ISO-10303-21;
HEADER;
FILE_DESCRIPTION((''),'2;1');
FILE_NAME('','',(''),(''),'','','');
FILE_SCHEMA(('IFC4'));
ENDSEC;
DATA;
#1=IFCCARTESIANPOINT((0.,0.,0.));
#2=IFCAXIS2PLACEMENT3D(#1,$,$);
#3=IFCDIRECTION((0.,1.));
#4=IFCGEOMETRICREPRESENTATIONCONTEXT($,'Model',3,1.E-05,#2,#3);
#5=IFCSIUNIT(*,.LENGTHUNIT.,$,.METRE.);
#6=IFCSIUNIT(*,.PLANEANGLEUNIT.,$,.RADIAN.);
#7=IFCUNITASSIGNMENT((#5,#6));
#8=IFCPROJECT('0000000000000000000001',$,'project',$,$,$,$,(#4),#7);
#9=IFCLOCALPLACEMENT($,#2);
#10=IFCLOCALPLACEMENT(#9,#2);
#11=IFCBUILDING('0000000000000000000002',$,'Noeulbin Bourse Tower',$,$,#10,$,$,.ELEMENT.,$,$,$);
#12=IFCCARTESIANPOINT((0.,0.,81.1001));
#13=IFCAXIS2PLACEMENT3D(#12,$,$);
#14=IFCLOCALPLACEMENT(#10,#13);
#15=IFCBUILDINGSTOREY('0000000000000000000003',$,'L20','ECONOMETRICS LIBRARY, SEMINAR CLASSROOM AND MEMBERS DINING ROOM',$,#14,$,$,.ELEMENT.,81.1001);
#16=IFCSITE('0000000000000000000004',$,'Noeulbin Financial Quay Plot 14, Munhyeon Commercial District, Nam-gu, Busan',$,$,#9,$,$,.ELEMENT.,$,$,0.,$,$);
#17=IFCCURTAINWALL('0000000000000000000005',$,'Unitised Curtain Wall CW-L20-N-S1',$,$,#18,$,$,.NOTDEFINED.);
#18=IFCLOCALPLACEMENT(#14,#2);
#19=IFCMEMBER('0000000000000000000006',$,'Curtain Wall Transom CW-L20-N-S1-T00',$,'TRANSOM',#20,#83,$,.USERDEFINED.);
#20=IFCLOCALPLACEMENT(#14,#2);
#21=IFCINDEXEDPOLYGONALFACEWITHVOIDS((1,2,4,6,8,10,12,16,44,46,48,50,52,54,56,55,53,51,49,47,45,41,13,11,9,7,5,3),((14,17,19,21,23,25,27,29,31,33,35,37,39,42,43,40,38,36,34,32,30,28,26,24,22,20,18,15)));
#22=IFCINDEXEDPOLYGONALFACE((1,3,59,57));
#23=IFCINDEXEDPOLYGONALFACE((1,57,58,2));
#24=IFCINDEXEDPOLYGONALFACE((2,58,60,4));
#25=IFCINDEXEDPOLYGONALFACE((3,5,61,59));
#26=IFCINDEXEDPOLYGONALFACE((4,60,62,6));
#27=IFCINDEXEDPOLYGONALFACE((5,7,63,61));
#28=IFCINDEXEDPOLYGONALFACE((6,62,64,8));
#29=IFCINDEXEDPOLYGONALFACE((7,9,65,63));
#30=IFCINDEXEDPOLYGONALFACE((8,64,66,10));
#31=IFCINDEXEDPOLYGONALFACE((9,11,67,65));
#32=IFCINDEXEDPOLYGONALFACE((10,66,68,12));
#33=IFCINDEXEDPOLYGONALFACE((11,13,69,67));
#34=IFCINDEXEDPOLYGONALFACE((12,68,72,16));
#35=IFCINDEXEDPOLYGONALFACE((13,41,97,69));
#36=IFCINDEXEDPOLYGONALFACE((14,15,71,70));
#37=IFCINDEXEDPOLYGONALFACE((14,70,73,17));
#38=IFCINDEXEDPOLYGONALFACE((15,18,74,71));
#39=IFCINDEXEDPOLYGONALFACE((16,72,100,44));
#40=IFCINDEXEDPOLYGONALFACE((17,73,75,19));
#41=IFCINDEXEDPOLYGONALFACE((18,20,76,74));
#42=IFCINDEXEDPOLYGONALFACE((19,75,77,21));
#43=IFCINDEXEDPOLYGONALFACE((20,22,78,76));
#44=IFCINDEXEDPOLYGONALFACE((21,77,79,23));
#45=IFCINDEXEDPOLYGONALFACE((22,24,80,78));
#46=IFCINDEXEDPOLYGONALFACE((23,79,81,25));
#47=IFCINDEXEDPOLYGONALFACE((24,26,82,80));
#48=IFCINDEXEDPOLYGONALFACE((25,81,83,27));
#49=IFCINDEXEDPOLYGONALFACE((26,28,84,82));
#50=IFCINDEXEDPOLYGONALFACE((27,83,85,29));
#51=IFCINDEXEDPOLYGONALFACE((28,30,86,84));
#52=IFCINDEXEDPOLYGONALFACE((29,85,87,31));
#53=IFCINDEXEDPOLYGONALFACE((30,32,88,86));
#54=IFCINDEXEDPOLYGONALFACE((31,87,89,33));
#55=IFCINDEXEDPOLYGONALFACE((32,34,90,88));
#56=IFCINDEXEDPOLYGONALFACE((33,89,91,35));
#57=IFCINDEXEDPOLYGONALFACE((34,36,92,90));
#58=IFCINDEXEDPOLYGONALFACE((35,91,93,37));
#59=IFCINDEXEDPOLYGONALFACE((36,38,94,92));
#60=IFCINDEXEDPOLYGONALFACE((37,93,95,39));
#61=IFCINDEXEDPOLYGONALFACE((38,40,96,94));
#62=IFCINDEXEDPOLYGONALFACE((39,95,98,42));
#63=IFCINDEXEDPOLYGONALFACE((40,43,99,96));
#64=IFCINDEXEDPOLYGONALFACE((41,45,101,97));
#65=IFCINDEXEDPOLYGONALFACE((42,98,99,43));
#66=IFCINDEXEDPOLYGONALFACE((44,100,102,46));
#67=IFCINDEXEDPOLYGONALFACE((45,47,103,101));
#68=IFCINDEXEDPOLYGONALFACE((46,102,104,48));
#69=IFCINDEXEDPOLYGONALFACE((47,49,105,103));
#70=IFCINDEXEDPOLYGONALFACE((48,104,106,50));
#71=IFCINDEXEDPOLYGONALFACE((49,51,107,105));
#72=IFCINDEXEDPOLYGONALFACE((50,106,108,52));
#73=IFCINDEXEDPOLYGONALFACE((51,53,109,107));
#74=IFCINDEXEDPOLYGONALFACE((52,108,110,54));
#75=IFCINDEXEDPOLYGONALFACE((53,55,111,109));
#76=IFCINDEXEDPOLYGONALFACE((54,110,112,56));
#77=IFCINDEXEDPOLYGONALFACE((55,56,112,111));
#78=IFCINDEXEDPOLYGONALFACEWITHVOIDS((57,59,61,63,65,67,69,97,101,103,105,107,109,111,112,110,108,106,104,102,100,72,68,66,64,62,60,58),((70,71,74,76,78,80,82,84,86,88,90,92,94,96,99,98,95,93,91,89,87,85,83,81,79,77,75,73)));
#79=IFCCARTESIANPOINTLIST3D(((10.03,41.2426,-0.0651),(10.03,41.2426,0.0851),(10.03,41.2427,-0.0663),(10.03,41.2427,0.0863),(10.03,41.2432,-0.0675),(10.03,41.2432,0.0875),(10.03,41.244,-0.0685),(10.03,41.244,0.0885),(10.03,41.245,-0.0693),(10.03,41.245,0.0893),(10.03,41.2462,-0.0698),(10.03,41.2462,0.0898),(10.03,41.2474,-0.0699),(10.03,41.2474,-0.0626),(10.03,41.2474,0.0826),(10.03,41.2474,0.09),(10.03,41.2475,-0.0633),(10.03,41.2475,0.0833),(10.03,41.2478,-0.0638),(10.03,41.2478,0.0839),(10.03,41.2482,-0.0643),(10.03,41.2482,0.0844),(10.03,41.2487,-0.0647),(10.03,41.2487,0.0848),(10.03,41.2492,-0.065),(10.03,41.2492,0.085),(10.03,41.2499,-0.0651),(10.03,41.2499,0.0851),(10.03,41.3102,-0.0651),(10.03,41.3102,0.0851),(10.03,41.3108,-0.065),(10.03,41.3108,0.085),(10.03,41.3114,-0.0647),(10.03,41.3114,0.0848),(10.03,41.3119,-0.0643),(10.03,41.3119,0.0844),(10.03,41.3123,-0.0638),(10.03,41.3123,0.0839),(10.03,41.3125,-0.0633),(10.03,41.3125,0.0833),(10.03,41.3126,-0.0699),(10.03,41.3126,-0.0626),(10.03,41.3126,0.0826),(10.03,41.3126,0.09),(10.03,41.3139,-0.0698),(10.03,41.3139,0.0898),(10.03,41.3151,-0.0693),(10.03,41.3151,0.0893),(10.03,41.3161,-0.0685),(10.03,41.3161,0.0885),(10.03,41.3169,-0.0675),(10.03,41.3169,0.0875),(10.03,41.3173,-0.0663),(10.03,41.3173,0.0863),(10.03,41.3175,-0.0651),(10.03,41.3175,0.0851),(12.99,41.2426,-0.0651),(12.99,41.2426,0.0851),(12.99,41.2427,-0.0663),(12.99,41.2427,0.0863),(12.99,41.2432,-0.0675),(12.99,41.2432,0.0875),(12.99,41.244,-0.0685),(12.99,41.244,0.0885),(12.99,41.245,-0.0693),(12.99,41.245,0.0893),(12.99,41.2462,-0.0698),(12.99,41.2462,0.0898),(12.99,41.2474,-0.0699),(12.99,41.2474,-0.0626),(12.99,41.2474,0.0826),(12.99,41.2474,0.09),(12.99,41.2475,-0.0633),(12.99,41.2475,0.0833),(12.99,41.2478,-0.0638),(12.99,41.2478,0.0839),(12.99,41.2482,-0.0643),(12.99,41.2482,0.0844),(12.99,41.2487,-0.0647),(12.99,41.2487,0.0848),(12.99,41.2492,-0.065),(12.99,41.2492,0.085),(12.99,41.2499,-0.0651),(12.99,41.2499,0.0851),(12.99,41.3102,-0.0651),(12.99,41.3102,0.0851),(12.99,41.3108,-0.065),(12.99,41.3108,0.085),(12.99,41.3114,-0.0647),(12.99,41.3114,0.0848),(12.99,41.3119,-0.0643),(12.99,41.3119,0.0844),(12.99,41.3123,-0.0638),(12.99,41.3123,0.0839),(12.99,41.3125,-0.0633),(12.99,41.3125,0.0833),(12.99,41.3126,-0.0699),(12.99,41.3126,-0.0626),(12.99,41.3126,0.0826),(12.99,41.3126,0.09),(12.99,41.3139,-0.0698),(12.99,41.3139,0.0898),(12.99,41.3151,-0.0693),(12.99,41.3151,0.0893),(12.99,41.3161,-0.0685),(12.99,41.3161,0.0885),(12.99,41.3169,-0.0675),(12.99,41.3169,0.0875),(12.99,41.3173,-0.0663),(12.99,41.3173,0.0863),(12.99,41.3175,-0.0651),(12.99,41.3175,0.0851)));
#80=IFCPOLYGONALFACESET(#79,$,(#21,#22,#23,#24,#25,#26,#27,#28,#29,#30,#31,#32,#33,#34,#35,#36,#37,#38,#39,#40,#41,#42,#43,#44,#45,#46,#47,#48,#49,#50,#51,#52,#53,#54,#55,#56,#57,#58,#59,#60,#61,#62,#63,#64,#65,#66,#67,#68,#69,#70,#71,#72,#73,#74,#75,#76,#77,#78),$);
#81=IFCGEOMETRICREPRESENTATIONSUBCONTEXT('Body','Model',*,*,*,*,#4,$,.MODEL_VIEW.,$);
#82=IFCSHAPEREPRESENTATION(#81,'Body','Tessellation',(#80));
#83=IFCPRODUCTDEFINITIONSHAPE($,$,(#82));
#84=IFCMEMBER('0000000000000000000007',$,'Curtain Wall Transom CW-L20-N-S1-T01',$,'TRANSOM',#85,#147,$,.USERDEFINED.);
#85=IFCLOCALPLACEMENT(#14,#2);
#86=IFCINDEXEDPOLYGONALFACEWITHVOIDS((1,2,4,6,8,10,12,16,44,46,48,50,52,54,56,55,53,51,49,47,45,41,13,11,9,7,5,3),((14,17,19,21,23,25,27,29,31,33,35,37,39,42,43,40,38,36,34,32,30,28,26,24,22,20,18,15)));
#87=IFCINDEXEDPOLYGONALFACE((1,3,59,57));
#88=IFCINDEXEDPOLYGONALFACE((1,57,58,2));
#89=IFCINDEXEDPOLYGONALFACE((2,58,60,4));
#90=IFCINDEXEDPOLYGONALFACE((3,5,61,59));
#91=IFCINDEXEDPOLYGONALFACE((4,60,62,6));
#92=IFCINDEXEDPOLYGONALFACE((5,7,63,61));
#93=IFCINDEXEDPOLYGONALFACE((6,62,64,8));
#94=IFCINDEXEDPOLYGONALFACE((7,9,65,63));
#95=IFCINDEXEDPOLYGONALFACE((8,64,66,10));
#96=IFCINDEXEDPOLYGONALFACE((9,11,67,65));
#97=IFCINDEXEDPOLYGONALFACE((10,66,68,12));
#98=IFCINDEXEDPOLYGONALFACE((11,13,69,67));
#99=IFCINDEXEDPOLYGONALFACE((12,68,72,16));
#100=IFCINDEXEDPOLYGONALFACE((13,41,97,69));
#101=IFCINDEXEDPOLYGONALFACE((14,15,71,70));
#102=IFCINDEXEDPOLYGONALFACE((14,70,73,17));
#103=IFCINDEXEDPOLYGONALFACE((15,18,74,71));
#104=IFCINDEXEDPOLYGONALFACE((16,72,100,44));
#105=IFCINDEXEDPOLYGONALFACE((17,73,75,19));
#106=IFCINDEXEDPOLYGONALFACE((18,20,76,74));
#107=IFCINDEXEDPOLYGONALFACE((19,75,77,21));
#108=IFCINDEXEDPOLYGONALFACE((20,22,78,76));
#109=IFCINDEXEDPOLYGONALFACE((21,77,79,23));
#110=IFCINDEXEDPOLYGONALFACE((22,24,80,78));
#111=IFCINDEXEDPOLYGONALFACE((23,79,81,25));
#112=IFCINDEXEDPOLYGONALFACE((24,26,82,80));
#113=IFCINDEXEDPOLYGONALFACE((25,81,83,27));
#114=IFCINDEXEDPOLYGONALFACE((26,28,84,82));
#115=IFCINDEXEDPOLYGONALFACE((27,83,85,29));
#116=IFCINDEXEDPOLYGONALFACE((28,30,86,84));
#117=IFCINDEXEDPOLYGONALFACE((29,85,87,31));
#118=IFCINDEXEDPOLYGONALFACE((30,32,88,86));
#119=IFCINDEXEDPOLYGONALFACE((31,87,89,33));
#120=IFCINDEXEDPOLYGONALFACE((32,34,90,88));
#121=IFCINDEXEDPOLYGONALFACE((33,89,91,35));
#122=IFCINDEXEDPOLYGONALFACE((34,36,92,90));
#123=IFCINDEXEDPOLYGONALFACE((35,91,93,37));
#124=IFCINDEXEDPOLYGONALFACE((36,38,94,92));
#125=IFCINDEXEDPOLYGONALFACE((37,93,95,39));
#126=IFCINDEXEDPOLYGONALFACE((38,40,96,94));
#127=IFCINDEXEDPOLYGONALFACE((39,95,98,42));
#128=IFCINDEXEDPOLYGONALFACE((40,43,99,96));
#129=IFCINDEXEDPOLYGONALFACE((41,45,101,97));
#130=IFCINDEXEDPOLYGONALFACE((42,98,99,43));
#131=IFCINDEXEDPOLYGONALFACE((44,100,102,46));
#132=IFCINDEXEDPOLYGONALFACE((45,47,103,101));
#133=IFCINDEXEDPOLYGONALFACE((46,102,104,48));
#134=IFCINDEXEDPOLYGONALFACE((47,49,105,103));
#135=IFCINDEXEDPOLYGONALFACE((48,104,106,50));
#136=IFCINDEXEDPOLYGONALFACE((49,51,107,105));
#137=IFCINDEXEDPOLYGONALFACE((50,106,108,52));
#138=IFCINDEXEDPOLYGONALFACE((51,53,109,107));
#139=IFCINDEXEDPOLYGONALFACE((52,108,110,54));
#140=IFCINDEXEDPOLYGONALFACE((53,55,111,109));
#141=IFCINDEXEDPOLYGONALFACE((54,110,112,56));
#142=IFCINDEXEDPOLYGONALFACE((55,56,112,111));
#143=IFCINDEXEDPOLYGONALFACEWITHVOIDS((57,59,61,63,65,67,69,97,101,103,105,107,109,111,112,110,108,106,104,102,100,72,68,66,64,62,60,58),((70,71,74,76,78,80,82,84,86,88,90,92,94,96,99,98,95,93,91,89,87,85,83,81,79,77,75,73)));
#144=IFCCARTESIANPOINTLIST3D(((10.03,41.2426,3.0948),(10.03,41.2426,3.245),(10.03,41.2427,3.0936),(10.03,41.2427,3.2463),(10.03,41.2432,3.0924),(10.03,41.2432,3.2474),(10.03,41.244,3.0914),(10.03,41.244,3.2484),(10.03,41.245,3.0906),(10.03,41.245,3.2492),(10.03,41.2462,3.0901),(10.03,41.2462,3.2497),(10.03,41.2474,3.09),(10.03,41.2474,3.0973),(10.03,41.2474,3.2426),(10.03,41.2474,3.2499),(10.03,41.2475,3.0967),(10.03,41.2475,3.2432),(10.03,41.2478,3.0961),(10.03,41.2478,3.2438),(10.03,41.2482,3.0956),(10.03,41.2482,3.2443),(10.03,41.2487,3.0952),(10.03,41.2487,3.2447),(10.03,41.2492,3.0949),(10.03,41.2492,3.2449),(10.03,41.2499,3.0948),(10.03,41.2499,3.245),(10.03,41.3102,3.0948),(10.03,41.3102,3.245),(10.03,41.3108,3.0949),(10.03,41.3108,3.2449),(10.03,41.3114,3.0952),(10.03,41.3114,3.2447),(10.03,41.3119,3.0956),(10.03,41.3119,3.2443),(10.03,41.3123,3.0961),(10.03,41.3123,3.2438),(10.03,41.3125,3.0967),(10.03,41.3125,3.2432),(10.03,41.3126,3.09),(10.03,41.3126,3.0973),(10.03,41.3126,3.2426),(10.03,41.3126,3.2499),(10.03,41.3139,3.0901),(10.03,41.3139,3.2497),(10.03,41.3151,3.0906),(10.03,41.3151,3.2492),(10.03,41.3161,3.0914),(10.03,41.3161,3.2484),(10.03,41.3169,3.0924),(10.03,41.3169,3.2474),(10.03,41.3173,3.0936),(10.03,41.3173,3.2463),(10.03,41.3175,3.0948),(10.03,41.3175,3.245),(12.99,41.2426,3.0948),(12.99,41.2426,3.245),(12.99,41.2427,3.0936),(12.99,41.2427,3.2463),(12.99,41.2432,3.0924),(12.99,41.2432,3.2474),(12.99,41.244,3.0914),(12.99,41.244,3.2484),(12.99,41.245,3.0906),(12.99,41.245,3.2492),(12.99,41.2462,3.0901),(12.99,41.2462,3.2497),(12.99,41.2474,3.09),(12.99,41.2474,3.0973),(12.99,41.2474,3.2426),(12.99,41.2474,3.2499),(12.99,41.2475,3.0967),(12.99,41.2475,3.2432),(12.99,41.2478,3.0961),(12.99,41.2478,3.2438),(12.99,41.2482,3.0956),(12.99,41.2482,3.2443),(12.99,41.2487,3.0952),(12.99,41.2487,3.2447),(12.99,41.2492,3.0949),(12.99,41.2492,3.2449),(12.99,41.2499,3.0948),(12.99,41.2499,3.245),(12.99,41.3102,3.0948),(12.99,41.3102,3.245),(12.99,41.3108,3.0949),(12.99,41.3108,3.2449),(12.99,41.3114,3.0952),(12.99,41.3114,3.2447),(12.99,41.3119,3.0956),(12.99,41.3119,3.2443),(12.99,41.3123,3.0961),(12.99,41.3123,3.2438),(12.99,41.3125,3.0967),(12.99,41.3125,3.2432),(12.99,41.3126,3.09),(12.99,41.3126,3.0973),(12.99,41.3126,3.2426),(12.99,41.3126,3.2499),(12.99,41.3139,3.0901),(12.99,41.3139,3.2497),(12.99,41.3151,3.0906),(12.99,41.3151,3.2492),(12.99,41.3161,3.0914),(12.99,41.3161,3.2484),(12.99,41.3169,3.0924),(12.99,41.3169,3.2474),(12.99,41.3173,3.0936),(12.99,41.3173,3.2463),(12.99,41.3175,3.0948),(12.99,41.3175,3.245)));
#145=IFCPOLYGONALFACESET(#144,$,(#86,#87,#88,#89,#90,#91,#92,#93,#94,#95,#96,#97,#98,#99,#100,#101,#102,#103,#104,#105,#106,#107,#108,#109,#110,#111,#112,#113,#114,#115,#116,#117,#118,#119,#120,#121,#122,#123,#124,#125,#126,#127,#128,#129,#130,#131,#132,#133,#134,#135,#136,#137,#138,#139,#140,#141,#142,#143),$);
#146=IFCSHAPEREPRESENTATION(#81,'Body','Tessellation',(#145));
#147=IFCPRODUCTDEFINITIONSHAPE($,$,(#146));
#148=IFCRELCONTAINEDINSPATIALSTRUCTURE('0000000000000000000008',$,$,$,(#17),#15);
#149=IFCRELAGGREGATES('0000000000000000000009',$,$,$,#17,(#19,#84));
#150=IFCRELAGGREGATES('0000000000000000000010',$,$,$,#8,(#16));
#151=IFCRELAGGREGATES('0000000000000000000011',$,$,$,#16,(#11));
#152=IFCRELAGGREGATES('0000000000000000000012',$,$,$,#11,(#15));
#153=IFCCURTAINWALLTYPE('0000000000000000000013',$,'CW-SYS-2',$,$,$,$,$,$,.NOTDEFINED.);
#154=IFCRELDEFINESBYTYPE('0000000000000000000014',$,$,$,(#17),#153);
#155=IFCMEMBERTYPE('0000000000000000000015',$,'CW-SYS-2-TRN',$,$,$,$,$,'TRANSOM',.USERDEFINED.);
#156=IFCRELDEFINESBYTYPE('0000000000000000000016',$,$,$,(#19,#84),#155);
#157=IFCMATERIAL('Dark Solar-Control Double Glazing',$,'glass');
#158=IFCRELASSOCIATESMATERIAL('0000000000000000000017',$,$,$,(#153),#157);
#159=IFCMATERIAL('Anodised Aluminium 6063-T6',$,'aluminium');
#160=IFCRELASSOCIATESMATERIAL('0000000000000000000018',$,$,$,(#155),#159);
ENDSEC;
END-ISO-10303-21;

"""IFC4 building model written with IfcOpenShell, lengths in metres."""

from ifc_helpers import new_model, si_unit, direction, frame, origin, origin_2d, place, context, subcontext, project, spatial, hollow_rectangle, extrude, material, material_profile, profile_set, type_object, element, aggregate, save


model = new_model("IFC4")

# Units and contexts
model_context = context("Model", 3, precision=1e-05, world=origin(), true_north=direction((0.0, 1.0)))
body_context = subcontext(model_context, "Body", "Model", "MODEL_VIEW")
ifc_project = project(units=[si_unit("LENGTHUNIT", "METRE"), si_unit("PLANEANGLEUNIT", "RADIAN")], contexts=[model_context])

# Site, building, storey
site_placement = place(None, origin())
site = spatial("IfcSite", under=ifc_project, at=site_placement, Name="Noeulbin Financial Quay Plot 14, Munhyeon Commercial District, Nam-gu, Busan", CompositionType="ELEMENT", RefElevation=0.0)
building_placement = place(site_placement, origin())
building = spatial("IfcBuilding", under=site, at=building_placement, Name="Noeulbin Bourse Tower", CompositionType="ELEMENT")
storey_placement = place(building_placement, frame((0.0, 0.0, 81.1001)))
storey = spatial("IfcBuildingStorey", under=building, at=storey_placement, Name="L20", Description="ECONOMETRICS LIBRARY, SEMINAR CLASSROOM AND MEMBERS DINING ROOM", CompositionType="ELEMENT", Elevation=81.1001)

# Curtain wall
ifc_material_1 = material(Name="Dark Solar-Control Double Glazing", Category="glass")
curtain_wall_type = type_object("IfcCurtainWallType", Name="CW-SYS-2", PredefinedType="NOTDEFINED", material=ifc_material_1)
curtain_wall_1_placement = place(storey_placement, origin())
curtain_wall_1 = element("IfcCurtainWall", 1, at=curtain_wall_1_placement, inside=storey, type_object=curtain_wall_type, Name="Unitised Curtain Wall CW-L20-N-S1", PredefinedType="NOTDEFINED")
ifc_material_2 = material(Name="Anodised Aluminium 6063-T6", Category="aluminium")

# Members
ifc_material_profile_1 = material_profile(ifc_material_2, hollow_rectangle(XDim=0.075, YDim=0.1599, WallThickness=0.0049, InnerFilletRadius=0.0024, OuterFilletRadius=0.0049, at=origin_2d()), Name="ALU-TRAN-75x160x5", Category="LoadBearing")
ifc_profile_set_1 = profile_set([ifc_material_profile_1], Name="Anodised Aluminium 6063-T6")
member_type_1 = type_object("IfcMemberType", Name="CW-SYS-2-TRN", ElementType="TRANSOM", PredefinedType="USERDEFINED", material=ifc_profile_set_1)
member_1_placement = place(storey_placement, frame((10.03, 41.28, 0.01), z_axis=(1.0, 0.0, 0.0), x_axis=(0.0, 1.0, 0.0)))
member_1 = element("IfcMember", 2, at=member_1_placement, type_object=member_type_1, Name="Curtain Wall Transom CW-L20-N-S1-T00", ObjectType="TRANSOM", PredefinedType="USERDEFINED", context=body_context, shape_type="SweptSolid", body=[
    extrude(hollow_rectangle(XDim=0.075, YDim=0.1599, WallThickness=0.0049, InnerFilletRadius=0.0024, OuterFilletRadius=0.0049, at=origin_2d()), origin(), (0.0, 0.0, 1.0), 2.96),
])
member_2_placement = place(storey_placement, frame((10.03, 41.28, 3.1699), z_axis=(1.0, 0.0, 0.0), x_axis=(0.0, 1.0, 0.0)))
member_2 = element("IfcMember", 3, at=member_2_placement, type_object=member_type_1, Name="Curtain Wall Transom CW-L20-N-S1-T01", ObjectType="TRANSOM", PredefinedType="USERDEFINED", context=body_context, shape_type="SweptSolid", body=[
    extrude(hollow_rectangle(XDim=0.075, YDim=0.1599, WallThickness=0.0049, InnerFilletRadius=0.0024, OuterFilletRadius=0.0049, at=origin_2d()), origin(), (0.0, 0.0, 1.0), 2.96),
])

aggregate(curtain_wall_1, [member_1, member_2])

save(model, "model.ifc")
